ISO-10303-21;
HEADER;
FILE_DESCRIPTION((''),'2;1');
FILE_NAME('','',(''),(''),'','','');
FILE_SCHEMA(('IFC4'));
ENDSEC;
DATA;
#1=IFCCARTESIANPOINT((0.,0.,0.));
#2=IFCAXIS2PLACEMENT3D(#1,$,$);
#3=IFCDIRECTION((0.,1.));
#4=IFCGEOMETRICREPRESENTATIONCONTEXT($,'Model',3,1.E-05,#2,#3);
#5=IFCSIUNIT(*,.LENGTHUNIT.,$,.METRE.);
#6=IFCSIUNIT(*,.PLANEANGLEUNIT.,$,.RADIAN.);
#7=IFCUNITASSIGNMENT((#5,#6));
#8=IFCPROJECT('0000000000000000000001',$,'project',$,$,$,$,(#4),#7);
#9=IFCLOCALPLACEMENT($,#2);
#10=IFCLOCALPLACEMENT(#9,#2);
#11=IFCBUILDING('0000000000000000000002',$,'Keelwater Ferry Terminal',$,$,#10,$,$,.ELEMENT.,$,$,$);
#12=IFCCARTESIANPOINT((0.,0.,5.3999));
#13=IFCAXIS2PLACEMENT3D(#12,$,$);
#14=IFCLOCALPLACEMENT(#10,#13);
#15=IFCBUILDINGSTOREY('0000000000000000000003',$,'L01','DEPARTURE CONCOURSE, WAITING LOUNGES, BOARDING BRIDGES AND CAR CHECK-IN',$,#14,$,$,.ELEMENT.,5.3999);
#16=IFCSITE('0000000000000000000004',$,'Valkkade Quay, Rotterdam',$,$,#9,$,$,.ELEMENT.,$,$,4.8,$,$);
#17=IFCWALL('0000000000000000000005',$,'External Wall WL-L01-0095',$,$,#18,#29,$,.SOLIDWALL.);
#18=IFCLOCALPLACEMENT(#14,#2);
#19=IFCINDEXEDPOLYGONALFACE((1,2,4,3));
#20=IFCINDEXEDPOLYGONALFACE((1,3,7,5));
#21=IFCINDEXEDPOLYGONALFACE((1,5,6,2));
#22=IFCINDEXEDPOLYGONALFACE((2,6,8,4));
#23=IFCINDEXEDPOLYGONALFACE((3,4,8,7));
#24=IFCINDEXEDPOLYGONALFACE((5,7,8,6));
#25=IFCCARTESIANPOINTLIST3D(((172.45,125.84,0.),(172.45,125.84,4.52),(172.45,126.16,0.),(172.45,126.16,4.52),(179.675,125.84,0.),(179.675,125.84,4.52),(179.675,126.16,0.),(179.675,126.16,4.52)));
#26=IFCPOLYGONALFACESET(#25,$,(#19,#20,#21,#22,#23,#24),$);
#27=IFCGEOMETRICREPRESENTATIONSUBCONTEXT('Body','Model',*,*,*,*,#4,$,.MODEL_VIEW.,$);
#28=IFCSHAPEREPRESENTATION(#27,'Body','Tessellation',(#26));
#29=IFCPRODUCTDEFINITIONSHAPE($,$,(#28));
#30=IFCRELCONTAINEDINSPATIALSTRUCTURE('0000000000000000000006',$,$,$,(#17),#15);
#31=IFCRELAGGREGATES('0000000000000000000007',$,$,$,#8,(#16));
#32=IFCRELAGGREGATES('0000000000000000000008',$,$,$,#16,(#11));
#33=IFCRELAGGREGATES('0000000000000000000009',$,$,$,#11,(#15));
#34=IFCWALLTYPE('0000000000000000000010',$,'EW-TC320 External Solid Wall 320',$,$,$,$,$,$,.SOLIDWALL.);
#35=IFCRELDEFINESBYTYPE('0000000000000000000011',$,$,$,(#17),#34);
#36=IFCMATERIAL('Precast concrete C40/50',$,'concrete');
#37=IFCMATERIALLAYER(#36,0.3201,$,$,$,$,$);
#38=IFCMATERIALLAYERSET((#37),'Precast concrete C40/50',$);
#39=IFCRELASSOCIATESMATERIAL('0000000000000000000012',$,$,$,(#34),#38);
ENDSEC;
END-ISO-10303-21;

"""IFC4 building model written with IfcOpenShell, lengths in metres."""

from ifc_helpers import new_model, si_unit, direction, frame, frame_2d, origin, place, context, subcontext, project, spatial, rectangle, extrude, material, layer, layer_set, type_object, element, save


model = new_model("IFC4")

# Units and contexts
model_context = context("Model", 3, precision=1e-05, world=origin(), true_north=direction((0.0, 1.0)))
body_context = subcontext(model_context, "Body", "Model", "MODEL_VIEW")
ifc_project = project(units=[si_unit("LENGTHUNIT", "METRE"), si_unit("PLANEANGLEUNIT", "RADIAN")], contexts=[model_context])

# Site, building, storey
site_placement = place(None, origin())
site = spatial("IfcSite", under=ifc_project, at=site_placement, Name="Valkkade Quay, Rotterdam", CompositionType="ELEMENT", RefElevation=4.8)
building_placement = place(site_placement, origin())
building = spatial("IfcBuilding", under=site, at=building_placement, Name="Keelwater Ferry Terminal", CompositionType="ELEMENT")
storey_placement = place(building_placement, frame((0.0, 0.0, 5.3999)))
storey = spatial("IfcBuildingStorey", under=building, at=storey_placement, Name="L01", Description="DEPARTURE CONCOURSE, WAITING LOUNGES, BOARDING BRIDGES AND CAR CHECK-IN", CompositionType="ELEMENT", Elevation=5.3999)

# Shared definitions
ifc_material_1 = material(Name="Precast concrete C40/50", Category="concrete")
ifc_layer_1 = layer(ifc_material_1, 0.3201)
ifc_layer_set_1 = layer_set([ifc_layer_1], Name="Precast concrete C40/50")
wall_type = type_object("IfcWallType", Name="EW-TC320 External Solid Wall 320", PredefinedType="SOLIDWALL", material=ifc_layer_set_1)

# Wall
wall_1_placement = place(storey_placement, frame((172.45, 126.0, 0.0), z_axis=(0.0, 0.0, 1.0), x_axis=(1.0, 0.0, 0.0)))
element("IfcWall", 1, at=wall_1_placement, inside=storey, type_object=wall_type, Name="External Wall WL-L01-0095", PredefinedType="SOLIDWALL", context=body_context, shape_type="SweptSolid", body=[
    extrude(rectangle(XDim=7.2251, YDim=0.3201, at=frame_2d((3.6125, 0.0))), origin(), (0.0, 0.0, 1.0), 4.52),
])

save(model, "model.ifc")
